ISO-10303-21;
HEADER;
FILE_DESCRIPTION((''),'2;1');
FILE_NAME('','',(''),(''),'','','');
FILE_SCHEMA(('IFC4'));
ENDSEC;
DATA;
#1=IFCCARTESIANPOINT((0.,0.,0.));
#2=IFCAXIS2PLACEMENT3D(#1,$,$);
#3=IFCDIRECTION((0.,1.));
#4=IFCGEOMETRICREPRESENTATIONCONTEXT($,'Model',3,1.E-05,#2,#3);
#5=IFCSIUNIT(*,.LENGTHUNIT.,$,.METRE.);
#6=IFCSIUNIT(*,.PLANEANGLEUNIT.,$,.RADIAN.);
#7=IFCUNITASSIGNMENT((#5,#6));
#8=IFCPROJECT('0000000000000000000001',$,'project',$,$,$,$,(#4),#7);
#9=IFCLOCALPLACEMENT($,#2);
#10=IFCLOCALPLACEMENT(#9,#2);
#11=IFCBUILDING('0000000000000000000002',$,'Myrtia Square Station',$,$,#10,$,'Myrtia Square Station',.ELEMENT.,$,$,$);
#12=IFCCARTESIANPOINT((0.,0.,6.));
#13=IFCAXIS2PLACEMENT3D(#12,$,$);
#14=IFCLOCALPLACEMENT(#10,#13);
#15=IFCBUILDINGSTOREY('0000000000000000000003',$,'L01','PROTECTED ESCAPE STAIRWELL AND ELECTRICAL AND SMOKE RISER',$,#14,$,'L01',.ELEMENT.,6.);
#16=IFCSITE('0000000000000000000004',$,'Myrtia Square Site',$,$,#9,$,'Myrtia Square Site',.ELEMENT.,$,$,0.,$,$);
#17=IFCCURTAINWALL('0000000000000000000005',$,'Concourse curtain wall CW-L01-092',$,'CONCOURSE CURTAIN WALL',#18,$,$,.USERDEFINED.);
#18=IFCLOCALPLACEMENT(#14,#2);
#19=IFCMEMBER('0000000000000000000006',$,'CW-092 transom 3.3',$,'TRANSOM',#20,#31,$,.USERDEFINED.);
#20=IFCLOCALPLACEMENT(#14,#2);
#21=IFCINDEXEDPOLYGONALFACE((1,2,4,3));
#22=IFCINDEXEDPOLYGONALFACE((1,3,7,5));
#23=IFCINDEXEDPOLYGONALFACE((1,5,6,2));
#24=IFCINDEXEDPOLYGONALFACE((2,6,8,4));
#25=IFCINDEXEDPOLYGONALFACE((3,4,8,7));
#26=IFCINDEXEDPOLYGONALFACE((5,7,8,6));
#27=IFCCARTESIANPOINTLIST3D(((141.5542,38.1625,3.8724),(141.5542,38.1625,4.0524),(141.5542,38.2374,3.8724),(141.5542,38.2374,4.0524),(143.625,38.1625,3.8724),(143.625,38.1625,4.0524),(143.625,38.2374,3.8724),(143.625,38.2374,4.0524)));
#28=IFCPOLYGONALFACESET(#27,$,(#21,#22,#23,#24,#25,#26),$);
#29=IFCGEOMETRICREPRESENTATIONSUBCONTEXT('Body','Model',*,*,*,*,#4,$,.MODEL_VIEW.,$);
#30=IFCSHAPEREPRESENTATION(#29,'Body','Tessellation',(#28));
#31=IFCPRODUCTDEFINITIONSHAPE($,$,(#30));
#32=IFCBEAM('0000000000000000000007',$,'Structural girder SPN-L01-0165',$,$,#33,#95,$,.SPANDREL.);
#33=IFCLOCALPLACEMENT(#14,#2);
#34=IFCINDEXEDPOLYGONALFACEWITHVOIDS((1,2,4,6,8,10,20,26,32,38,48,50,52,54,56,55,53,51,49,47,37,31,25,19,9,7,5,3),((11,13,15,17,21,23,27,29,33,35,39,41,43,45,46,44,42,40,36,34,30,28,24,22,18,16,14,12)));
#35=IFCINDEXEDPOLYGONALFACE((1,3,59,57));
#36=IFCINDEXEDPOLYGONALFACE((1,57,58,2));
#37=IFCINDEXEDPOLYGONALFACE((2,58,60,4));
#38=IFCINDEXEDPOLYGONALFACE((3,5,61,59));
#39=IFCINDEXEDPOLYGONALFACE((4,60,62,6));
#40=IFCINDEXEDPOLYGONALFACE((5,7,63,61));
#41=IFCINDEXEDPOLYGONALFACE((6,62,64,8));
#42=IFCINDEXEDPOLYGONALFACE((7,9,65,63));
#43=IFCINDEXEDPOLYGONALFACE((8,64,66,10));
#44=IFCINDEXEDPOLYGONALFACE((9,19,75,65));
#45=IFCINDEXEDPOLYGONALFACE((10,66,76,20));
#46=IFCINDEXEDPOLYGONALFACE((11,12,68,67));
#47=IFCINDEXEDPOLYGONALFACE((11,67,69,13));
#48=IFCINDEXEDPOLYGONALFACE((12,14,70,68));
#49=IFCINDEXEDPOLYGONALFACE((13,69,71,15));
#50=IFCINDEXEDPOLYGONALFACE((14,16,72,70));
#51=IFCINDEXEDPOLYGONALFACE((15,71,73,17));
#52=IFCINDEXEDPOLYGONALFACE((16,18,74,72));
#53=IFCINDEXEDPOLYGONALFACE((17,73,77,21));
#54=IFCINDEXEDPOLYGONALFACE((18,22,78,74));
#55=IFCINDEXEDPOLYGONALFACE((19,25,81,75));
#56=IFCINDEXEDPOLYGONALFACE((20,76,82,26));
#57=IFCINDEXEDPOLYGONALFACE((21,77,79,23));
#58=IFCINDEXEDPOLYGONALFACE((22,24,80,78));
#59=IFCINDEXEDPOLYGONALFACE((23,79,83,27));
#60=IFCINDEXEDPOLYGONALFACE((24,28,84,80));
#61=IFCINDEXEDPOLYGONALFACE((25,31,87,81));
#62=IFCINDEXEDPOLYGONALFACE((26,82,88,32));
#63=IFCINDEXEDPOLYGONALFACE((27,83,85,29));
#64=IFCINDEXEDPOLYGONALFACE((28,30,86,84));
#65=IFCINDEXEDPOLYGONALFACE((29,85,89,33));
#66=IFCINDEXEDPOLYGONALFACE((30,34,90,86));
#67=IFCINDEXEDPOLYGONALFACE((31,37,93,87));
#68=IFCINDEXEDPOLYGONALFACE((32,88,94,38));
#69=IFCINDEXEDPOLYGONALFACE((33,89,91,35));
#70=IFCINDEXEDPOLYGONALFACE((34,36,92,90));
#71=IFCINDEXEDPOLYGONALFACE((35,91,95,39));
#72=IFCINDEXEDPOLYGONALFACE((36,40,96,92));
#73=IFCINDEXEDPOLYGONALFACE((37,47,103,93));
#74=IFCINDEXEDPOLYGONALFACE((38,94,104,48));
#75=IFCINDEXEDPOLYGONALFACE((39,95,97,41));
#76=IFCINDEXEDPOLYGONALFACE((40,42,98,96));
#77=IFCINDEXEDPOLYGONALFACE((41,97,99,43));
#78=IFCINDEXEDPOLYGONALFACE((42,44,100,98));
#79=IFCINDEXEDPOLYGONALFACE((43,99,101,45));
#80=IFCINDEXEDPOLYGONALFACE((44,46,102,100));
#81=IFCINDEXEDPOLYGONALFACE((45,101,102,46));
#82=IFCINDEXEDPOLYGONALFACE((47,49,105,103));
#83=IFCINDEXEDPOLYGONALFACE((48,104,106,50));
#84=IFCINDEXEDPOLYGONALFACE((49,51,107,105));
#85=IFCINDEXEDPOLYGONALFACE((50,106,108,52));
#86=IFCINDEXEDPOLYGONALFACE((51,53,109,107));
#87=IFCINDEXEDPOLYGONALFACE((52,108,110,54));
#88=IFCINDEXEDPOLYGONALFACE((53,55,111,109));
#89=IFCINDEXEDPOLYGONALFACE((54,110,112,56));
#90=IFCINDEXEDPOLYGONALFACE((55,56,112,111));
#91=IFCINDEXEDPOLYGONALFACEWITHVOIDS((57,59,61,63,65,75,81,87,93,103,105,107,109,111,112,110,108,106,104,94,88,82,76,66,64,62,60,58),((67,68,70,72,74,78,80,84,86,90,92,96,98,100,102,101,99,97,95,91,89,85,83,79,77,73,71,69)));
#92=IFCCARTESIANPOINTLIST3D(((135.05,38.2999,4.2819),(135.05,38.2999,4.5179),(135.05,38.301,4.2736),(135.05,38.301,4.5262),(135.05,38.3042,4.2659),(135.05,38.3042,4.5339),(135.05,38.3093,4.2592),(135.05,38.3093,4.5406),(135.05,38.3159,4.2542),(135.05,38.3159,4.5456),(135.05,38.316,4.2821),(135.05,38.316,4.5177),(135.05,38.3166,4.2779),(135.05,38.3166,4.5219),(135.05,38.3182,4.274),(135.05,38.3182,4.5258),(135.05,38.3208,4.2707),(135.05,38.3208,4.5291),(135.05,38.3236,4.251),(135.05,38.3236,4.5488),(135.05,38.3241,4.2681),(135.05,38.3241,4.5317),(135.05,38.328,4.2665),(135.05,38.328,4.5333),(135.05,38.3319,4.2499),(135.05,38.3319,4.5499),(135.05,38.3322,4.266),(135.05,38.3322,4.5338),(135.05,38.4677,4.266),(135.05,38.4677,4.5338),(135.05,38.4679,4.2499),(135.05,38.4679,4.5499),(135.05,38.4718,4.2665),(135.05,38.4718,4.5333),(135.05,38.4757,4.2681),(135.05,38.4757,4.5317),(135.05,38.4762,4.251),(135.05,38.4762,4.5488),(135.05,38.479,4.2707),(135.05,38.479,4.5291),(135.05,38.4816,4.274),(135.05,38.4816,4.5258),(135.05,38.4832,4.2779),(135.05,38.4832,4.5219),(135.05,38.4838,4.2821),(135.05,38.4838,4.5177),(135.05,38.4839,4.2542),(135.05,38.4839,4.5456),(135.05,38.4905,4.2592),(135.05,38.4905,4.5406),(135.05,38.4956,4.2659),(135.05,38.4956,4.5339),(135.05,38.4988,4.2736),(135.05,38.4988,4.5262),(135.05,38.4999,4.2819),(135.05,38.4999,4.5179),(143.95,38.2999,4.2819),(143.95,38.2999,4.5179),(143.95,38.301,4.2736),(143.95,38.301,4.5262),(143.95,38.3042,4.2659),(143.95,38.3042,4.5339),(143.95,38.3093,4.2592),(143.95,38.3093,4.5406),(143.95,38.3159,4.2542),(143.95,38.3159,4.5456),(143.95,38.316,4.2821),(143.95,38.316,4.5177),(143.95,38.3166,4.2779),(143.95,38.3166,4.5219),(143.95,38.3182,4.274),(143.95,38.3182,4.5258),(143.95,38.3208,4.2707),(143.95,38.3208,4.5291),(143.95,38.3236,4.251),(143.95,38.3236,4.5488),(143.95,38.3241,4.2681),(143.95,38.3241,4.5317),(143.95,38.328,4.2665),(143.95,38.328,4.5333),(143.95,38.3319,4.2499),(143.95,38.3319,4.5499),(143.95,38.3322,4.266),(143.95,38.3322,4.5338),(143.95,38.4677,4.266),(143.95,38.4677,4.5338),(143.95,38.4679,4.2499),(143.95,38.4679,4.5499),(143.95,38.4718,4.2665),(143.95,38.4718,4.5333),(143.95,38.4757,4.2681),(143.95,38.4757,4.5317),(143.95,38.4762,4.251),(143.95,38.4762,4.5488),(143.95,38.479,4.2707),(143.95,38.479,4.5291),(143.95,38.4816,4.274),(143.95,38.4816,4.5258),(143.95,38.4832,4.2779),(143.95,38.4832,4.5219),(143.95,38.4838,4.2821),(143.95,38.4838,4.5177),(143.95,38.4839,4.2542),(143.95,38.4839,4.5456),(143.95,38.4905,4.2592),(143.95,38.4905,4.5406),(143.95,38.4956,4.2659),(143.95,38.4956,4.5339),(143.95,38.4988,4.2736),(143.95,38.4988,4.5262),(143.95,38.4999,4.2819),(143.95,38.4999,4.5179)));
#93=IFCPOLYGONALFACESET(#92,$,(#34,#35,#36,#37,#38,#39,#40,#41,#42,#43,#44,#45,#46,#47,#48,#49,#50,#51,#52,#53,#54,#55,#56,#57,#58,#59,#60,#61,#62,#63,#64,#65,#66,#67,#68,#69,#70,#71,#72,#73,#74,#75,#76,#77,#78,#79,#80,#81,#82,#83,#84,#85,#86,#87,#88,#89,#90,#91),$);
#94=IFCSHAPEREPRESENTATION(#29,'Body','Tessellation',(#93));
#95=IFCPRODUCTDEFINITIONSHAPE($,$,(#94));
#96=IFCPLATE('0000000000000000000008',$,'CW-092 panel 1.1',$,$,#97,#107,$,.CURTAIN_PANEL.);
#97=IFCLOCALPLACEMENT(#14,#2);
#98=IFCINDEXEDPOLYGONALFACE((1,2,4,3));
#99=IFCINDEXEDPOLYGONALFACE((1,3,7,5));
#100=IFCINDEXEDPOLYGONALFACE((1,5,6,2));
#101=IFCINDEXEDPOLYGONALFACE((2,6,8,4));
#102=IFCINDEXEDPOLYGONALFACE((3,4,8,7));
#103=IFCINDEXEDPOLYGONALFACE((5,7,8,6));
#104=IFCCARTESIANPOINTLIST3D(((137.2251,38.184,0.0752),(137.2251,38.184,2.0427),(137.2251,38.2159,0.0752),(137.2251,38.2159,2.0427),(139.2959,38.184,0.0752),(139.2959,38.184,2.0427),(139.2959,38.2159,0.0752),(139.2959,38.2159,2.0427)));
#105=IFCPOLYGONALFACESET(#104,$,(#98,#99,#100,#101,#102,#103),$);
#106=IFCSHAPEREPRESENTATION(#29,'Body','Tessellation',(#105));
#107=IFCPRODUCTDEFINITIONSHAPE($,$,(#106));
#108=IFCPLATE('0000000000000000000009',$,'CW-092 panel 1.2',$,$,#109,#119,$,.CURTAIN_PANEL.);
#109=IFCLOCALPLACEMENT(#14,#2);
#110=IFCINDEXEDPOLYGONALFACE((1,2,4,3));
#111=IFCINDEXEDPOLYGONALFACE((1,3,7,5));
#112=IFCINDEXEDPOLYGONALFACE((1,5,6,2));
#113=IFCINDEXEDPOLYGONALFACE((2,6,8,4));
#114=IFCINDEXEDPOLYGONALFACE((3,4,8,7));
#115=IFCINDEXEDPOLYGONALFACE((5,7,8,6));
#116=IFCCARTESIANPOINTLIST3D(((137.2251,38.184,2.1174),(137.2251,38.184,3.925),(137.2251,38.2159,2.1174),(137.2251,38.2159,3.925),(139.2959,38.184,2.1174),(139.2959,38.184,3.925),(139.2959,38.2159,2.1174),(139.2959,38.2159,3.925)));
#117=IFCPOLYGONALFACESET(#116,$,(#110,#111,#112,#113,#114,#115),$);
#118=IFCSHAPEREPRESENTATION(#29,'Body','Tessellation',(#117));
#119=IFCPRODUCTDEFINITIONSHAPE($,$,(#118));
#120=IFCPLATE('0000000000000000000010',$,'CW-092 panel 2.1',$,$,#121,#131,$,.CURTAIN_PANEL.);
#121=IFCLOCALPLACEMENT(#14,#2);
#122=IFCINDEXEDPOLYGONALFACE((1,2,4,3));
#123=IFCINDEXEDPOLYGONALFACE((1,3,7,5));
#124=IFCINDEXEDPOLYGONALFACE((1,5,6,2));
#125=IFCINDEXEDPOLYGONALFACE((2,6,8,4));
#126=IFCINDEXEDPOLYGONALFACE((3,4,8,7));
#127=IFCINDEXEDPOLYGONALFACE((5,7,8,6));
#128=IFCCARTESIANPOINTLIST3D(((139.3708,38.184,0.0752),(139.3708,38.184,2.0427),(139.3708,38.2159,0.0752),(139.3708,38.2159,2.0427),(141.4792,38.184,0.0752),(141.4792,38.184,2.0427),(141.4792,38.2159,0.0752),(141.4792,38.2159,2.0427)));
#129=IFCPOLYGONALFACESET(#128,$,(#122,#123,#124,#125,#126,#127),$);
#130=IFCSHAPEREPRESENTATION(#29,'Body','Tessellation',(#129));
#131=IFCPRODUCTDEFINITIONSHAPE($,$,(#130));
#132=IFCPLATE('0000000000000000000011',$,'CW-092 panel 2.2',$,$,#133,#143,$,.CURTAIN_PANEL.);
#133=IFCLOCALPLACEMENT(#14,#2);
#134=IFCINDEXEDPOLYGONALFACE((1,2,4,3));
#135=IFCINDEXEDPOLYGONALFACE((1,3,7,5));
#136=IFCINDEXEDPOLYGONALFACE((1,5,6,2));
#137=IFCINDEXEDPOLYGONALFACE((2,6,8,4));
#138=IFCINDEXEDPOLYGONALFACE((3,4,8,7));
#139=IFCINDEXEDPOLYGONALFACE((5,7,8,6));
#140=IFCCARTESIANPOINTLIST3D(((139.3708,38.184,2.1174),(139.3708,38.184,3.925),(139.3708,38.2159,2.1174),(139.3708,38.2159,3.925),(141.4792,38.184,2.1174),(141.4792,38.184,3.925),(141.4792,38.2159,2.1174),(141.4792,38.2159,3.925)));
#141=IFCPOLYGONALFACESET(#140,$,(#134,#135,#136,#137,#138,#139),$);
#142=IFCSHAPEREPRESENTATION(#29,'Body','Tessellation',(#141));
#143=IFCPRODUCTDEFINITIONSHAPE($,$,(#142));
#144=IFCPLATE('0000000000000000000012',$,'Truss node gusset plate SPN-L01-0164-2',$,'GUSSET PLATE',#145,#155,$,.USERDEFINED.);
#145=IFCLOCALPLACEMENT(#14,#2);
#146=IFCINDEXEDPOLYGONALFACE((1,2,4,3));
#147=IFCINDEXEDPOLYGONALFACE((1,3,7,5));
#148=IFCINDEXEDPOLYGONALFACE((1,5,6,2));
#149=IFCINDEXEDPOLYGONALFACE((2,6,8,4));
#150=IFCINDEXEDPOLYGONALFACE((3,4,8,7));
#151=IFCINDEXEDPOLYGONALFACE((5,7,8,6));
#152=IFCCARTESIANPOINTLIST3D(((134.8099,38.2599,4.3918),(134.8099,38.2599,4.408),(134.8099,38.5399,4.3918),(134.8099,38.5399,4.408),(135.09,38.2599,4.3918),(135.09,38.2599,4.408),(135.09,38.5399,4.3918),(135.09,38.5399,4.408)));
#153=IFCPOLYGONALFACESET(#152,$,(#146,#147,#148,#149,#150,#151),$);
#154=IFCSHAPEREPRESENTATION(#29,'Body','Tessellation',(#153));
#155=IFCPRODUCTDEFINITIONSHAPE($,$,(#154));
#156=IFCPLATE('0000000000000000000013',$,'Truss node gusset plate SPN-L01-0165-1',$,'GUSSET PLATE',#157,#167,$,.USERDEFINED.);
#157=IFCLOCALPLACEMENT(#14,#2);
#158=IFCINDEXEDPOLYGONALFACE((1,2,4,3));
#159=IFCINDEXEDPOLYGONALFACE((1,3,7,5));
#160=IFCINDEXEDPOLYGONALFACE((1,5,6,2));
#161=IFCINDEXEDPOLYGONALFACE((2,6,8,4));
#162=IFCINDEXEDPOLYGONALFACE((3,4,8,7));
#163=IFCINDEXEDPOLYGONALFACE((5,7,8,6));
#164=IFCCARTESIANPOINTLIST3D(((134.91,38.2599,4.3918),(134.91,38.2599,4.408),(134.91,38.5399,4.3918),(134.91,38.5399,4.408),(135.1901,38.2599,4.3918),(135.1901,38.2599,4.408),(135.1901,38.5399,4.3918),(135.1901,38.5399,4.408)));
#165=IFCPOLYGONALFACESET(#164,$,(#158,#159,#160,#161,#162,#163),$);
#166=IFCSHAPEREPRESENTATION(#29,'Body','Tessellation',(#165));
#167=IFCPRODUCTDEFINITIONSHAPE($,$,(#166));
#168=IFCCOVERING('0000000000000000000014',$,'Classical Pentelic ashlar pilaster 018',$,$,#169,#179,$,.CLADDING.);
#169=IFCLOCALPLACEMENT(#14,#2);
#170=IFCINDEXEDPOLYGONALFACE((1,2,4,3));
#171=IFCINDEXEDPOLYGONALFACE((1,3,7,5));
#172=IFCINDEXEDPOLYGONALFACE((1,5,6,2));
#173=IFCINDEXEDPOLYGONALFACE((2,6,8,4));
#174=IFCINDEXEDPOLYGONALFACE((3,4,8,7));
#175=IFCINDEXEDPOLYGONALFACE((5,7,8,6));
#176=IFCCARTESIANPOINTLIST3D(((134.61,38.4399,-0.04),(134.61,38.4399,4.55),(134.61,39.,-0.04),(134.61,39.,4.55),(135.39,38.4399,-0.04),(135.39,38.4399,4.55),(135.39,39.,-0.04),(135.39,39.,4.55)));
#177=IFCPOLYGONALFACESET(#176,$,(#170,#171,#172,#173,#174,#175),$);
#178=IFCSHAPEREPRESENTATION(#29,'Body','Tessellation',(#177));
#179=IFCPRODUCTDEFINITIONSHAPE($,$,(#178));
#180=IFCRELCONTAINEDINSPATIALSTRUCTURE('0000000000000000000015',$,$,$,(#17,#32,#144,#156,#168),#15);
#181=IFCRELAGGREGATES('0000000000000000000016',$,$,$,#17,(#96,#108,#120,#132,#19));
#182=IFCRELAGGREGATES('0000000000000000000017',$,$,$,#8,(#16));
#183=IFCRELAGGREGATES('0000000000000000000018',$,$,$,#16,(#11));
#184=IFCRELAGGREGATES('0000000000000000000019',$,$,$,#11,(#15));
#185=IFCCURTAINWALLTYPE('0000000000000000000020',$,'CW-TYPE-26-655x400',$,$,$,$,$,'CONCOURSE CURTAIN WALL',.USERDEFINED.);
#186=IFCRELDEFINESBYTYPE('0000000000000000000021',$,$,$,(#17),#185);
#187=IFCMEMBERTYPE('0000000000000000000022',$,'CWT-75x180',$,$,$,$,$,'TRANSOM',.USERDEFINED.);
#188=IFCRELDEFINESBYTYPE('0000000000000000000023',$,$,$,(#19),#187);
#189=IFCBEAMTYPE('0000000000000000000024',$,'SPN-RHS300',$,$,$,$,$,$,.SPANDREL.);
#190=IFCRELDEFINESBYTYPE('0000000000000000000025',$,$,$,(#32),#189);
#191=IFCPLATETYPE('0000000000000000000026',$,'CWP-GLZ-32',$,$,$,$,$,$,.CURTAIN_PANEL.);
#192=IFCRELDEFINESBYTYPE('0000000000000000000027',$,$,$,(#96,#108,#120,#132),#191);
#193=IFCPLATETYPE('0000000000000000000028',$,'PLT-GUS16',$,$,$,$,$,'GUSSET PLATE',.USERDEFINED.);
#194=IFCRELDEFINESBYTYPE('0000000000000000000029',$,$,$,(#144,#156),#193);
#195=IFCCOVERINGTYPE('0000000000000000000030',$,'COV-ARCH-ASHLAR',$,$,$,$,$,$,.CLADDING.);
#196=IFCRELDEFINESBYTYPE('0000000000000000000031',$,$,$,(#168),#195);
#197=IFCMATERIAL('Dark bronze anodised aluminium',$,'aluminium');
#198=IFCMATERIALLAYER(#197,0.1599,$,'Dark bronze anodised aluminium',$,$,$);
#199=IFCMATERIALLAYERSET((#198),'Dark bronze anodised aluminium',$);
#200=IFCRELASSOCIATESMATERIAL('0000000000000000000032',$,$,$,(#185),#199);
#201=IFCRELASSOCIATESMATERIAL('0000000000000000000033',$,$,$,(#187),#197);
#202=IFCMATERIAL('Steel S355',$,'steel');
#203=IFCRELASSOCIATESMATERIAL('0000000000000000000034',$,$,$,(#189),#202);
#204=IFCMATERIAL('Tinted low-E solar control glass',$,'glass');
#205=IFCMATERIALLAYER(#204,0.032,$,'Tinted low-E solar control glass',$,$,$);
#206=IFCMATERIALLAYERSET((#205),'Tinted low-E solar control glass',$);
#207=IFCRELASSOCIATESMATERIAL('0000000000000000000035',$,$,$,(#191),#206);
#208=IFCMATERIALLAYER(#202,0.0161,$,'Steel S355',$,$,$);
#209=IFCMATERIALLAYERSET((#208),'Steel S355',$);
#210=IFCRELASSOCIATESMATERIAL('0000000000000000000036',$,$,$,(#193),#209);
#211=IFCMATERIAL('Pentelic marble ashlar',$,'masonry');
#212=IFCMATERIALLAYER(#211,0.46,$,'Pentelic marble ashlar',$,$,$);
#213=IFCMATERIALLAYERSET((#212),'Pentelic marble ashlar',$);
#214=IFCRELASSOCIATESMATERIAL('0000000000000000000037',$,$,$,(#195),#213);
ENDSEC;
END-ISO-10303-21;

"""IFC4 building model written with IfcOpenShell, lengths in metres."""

from ifc_helpers import new_model, si_unit, direction, frame, origin, origin_2d, place, context, subcontext, project, spatial, rectangle, hollow_rectangle, extrude, material, layer, layer_set, material_profile, profile_set, type_object, element, aggregate, save


model = new_model("IFC4")

# Units and contexts
model_context = context("Model", 3, precision=1e-05, world=origin(), true_north=direction((0.0, 1.0)))
body_context = subcontext(model_context, "Body", "Model", "MODEL_VIEW")
ifc_project = project(units=[si_unit("LENGTHUNIT", "METRE"), si_unit("PLANEANGLEUNIT", "RADIAN")], contexts=[model_context])

# Site, building, storey
site_placement = place(None, origin())
site = spatial("IfcSite", under=ifc_project, at=site_placement, Name="Myrtia Square Site", LongName="Myrtia Square Site", CompositionType="ELEMENT", RefElevation=0.0)
building_placement = place(site_placement, origin())
building = spatial("IfcBuilding", under=site, at=building_placement, Name="Myrtia Square Station", LongName="Myrtia Square Station", CompositionType="ELEMENT")
storey_placement = place(building_placement, frame((0.0, 0.0, 6.0)))
storey = spatial("IfcBuildingStorey", under=building, at=storey_placement, Name="L01", Description="PROTECTED ESCAPE STAIRWELL AND ELECTRICAL AND SMOKE RISER", LongName="L01", CompositionType="ELEMENT", Elevation=6.0)

# Shared definitions
ifc_material_1 = material(Name="Steel S355", Category="steel")

# Curtain wall, member
ifc_material_2 = material(Name="Dark bronze anodised aluminium", Category="aluminium")
ifc_layer_1 = layer(ifc_material_2, 0.1599, Name="Dark bronze anodised aluminium")
ifc_layer_set_1 = layer_set([ifc_layer_1], Name="Dark bronze anodised aluminium")
curtain_wall_type = type_object("IfcCurtainWallType", Name="CW-TYPE-26-655x400", ElementType="CONCOURSE CURTAIN WALL", PredefinedType="USERDEFINED", material=ifc_layer_set_1)
curtain_wall_placement = place(storey_placement, origin())
curtain_wall = element("IfcCurtainWall", 1, at=curtain_wall_placement, inside=storey, type_object=curtain_wall_type, Name="Concourse curtain wall CW-L01-092", ObjectType="CONCOURSE CURTAIN WALL", PredefinedType="USERDEFINED")
ifc_material_profile_1 = material_profile(ifc_material_2, rectangle(XDim=0.075, YDim=0.1799, at=origin_2d()), Name="ALU-T 75x180")
ifc_profile_set_1 = profile_set([ifc_material_profile_1], Name="Dark bronze anodised aluminium")
member_type_1 = type_object("IfcMemberType", Name="CWT-75x180", ElementType="TRANSOM", PredefinedType="USERDEFINED", material=ifc_profile_set_1)
member_1_placement = place(storey_placement, frame((141.5542, 38.2, 3.9624), z_axis=(1.0, 0.0, 0.0), x_axis=(0.0, 1.0, 0.0)))
member_1 = element("IfcMember", 2, at=member_1_placement, type_object=member_type_1, Name="CW-092 transom 3.3", ObjectType="TRANSOM", PredefinedType="USERDEFINED", context=body_context, shape_type="SweptSolid", body=[
    extrude(rectangle(XDim=0.075, YDim=0.1799, at=origin_2d()), origin(), (0.0, 0.0, 1.0), 2.0708),
])

# Beam
ifc_material_profile_2 = material_profile(ifc_material_1, hollow_rectangle(XDim=0.2, YDim=0.3, WallThickness=0.0161, InnerFilletRadius=0.0161, OuterFilletRadius=0.032, at=origin_2d()), Name="RHS 300x200x16")
ifc_profile_set_2 = profile_set([ifc_material_profile_2], Name="Steel S355")
beam_type = type_object("IfcBeamType", Name="SPN-RHS300", PredefinedType="SPANDREL", material=ifc_profile_set_2)
beam_placement = place(storey_placement, frame((135.05, 38.3999, 4.3999), z_axis=(1.0, 0.0, 0.0), x_axis=(0.0, 1.0, 0.0)))
element("IfcBeam", 3, at=beam_placement, inside=storey, type_object=beam_type, Name="Structural girder SPN-L01-0165", PredefinedType="SPANDREL", context=body_context, shape_type="SweptSolid", body=[
    extrude(hollow_rectangle(XDim=0.2, YDim=0.3, WallThickness=0.0161, InnerFilletRadius=0.0161, OuterFilletRadius=0.032, at=origin_2d()), origin(), (0.0, 0.0, 1.0), 8.8999),
])

# Plates
ifc_material_3 = material(Name="Tinted low-E solar control glass", Category="glass")
ifc_layer_2 = layer(ifc_material_3, 0.032, Name="Tinted low-E solar control glass")
ifc_layer_set_2 = layer_set([ifc_layer_2], Name="Tinted low-E solar control glass")
plate_type_1 = type_object("IfcPlateType", Name="CWP-GLZ-32", PredefinedType="CURTAIN_PANEL", material=ifc_layer_set_2)
plate_1_placement = place(storey_placement, frame((138.2605, 38.2, 0.0752), z_axis=(0.0, 0.0, 1.0), x_axis=(1.0, 0.0, 0.0)))
plate_1 = element("IfcPlate", 4, at=plate_1_placement, type_object=plate_type_1, Name="CW-092 panel 1.1", PredefinedType="CURTAIN_PANEL", context=body_context, shape_type="SweptSolid", body=[
    extrude(rectangle(XDim=2.0708, YDim=0.032, at=origin_2d()), origin(), (0.0, 0.0, 1.0), 1.9675),
])
plate_2_placement = place(storey_placement, frame((138.2605, 38.2, 2.1174), z_axis=(0.0, 0.0, 1.0), x_axis=(1.0, 0.0, 0.0)))
plate_2 = element("IfcPlate", 5, at=plate_2_placement, type_object=plate_type_1, Name="CW-092 panel 1.2", PredefinedType="CURTAIN_PANEL", context=body_context, shape_type="SweptSolid", body=[
    extrude(rectangle(XDim=2.0708, YDim=0.032, at=origin_2d()), origin(), (0.0, 0.0, 1.0), 1.8076),
])
plate_3_placement = place(storey_placement, frame((140.425, 38.2, 0.0752), z_axis=(0.0, 0.0, 1.0), x_axis=(1.0, 0.0, 0.0)))
plate_3 = element("IfcPlate", 6, at=plate_3_placement, type_object=plate_type_1, Name="CW-092 panel 2.1", PredefinedType="CURTAIN_PANEL", context=body_context, shape_type="SweptSolid", body=[
    extrude(rectangle(XDim=2.1084, YDim=0.032, at=origin_2d()), origin(), (0.0, 0.0, 1.0), 1.9675),
])
plate_4_placement = place(storey_placement, frame((140.425, 38.2, 2.1174), z_axis=(0.0, 0.0, 1.0), x_axis=(1.0, 0.0, 0.0)))
plate_4 = element("IfcPlate", 7, at=plate_4_placement, type_object=plate_type_1, Name="CW-092 panel 2.2", PredefinedType="CURTAIN_PANEL", context=body_context, shape_type="SweptSolid", body=[
    extrude(rectangle(XDim=2.1084, YDim=0.032, at=origin_2d()), origin(), (0.0, 0.0, 1.0), 1.8076),
])
aggregate(curtain_wall, [plate_1, plate_2, plate_3, plate_4, member_1])

# Plates
ifc_layer_3 = layer(ifc_material_1, 0.0161, Name="Steel S355")
ifc_layer_set_3 = layer_set([ifc_layer_3], Name="Steel S355")
plate_type_2 = type_object("IfcPlateType", Name="PLT-GUS16", ElementType="GUSSET PLATE", PredefinedType="USERDEFINED", material=ifc_layer_set_3)
for number, where, z_axis, x_axis, name in (
    (8, (134.95, 38.3999, 4.3918), (0.0, 0.0, 1.0), (1.0, 0.0, 0.0), "Truss node gusset plate SPN-L01-0164-2"),
    (9, (135.05, 38.3999, 4.3918), (0.0, 0.0, 1.0), (1.0, 0.0, 0.0), "Truss node gusset plate SPN-L01-0165-1"),
):
    element("IfcPlate", number, at=place(storey_placement, frame(where, z_axis=z_axis, x_axis=x_axis)), inside=storey, type_object=plate_type_2, Name=name, ObjectType="GUSSET PLATE", PredefinedType="USERDEFINED", context=body_context, shape_type="SweptSolid", body=[
        extrude(rectangle(XDim=0.28, YDim=0.28, at=origin_2d()), origin(), (0.0, 0.0, 1.0), 0.0161),
    ])

# Covering
ifc_material_4 = material(Name="Pentelic marble ashlar", Category="masonry")
ifc_layer_4 = layer(ifc_material_4, 0.46, Name="Pentelic marble ashlar")
ifc_layer_set_4 = layer_set([ifc_layer_4], Name="Pentelic marble ashlar")
covering_type = type_object("IfcCoveringType", Name="COV-ARCH-ASHLAR", PredefinedType="CLADDING", material=ifc_layer_set_4)
covering_placement = place(storey_placement, frame((135.0, 38.72, -0.04), z_axis=(0.0, 0.0, 1.0), x_axis=(1.0, 0.0, 0.0)))
element("IfcCovering", 10, at=covering_placement, inside=storey, type_object=covering_type, Name="Classical Pentelic ashlar pilaster 018", PredefinedType="CLADDING", context=body_context, shape_type="SweptSolid", body=[
    extrude(rectangle(XDim=0.78, YDim=0.5601, at=origin_2d()), origin(), (0.0, 0.0, 1.0), 4.5901),
])

save(model, "model.ifc")
